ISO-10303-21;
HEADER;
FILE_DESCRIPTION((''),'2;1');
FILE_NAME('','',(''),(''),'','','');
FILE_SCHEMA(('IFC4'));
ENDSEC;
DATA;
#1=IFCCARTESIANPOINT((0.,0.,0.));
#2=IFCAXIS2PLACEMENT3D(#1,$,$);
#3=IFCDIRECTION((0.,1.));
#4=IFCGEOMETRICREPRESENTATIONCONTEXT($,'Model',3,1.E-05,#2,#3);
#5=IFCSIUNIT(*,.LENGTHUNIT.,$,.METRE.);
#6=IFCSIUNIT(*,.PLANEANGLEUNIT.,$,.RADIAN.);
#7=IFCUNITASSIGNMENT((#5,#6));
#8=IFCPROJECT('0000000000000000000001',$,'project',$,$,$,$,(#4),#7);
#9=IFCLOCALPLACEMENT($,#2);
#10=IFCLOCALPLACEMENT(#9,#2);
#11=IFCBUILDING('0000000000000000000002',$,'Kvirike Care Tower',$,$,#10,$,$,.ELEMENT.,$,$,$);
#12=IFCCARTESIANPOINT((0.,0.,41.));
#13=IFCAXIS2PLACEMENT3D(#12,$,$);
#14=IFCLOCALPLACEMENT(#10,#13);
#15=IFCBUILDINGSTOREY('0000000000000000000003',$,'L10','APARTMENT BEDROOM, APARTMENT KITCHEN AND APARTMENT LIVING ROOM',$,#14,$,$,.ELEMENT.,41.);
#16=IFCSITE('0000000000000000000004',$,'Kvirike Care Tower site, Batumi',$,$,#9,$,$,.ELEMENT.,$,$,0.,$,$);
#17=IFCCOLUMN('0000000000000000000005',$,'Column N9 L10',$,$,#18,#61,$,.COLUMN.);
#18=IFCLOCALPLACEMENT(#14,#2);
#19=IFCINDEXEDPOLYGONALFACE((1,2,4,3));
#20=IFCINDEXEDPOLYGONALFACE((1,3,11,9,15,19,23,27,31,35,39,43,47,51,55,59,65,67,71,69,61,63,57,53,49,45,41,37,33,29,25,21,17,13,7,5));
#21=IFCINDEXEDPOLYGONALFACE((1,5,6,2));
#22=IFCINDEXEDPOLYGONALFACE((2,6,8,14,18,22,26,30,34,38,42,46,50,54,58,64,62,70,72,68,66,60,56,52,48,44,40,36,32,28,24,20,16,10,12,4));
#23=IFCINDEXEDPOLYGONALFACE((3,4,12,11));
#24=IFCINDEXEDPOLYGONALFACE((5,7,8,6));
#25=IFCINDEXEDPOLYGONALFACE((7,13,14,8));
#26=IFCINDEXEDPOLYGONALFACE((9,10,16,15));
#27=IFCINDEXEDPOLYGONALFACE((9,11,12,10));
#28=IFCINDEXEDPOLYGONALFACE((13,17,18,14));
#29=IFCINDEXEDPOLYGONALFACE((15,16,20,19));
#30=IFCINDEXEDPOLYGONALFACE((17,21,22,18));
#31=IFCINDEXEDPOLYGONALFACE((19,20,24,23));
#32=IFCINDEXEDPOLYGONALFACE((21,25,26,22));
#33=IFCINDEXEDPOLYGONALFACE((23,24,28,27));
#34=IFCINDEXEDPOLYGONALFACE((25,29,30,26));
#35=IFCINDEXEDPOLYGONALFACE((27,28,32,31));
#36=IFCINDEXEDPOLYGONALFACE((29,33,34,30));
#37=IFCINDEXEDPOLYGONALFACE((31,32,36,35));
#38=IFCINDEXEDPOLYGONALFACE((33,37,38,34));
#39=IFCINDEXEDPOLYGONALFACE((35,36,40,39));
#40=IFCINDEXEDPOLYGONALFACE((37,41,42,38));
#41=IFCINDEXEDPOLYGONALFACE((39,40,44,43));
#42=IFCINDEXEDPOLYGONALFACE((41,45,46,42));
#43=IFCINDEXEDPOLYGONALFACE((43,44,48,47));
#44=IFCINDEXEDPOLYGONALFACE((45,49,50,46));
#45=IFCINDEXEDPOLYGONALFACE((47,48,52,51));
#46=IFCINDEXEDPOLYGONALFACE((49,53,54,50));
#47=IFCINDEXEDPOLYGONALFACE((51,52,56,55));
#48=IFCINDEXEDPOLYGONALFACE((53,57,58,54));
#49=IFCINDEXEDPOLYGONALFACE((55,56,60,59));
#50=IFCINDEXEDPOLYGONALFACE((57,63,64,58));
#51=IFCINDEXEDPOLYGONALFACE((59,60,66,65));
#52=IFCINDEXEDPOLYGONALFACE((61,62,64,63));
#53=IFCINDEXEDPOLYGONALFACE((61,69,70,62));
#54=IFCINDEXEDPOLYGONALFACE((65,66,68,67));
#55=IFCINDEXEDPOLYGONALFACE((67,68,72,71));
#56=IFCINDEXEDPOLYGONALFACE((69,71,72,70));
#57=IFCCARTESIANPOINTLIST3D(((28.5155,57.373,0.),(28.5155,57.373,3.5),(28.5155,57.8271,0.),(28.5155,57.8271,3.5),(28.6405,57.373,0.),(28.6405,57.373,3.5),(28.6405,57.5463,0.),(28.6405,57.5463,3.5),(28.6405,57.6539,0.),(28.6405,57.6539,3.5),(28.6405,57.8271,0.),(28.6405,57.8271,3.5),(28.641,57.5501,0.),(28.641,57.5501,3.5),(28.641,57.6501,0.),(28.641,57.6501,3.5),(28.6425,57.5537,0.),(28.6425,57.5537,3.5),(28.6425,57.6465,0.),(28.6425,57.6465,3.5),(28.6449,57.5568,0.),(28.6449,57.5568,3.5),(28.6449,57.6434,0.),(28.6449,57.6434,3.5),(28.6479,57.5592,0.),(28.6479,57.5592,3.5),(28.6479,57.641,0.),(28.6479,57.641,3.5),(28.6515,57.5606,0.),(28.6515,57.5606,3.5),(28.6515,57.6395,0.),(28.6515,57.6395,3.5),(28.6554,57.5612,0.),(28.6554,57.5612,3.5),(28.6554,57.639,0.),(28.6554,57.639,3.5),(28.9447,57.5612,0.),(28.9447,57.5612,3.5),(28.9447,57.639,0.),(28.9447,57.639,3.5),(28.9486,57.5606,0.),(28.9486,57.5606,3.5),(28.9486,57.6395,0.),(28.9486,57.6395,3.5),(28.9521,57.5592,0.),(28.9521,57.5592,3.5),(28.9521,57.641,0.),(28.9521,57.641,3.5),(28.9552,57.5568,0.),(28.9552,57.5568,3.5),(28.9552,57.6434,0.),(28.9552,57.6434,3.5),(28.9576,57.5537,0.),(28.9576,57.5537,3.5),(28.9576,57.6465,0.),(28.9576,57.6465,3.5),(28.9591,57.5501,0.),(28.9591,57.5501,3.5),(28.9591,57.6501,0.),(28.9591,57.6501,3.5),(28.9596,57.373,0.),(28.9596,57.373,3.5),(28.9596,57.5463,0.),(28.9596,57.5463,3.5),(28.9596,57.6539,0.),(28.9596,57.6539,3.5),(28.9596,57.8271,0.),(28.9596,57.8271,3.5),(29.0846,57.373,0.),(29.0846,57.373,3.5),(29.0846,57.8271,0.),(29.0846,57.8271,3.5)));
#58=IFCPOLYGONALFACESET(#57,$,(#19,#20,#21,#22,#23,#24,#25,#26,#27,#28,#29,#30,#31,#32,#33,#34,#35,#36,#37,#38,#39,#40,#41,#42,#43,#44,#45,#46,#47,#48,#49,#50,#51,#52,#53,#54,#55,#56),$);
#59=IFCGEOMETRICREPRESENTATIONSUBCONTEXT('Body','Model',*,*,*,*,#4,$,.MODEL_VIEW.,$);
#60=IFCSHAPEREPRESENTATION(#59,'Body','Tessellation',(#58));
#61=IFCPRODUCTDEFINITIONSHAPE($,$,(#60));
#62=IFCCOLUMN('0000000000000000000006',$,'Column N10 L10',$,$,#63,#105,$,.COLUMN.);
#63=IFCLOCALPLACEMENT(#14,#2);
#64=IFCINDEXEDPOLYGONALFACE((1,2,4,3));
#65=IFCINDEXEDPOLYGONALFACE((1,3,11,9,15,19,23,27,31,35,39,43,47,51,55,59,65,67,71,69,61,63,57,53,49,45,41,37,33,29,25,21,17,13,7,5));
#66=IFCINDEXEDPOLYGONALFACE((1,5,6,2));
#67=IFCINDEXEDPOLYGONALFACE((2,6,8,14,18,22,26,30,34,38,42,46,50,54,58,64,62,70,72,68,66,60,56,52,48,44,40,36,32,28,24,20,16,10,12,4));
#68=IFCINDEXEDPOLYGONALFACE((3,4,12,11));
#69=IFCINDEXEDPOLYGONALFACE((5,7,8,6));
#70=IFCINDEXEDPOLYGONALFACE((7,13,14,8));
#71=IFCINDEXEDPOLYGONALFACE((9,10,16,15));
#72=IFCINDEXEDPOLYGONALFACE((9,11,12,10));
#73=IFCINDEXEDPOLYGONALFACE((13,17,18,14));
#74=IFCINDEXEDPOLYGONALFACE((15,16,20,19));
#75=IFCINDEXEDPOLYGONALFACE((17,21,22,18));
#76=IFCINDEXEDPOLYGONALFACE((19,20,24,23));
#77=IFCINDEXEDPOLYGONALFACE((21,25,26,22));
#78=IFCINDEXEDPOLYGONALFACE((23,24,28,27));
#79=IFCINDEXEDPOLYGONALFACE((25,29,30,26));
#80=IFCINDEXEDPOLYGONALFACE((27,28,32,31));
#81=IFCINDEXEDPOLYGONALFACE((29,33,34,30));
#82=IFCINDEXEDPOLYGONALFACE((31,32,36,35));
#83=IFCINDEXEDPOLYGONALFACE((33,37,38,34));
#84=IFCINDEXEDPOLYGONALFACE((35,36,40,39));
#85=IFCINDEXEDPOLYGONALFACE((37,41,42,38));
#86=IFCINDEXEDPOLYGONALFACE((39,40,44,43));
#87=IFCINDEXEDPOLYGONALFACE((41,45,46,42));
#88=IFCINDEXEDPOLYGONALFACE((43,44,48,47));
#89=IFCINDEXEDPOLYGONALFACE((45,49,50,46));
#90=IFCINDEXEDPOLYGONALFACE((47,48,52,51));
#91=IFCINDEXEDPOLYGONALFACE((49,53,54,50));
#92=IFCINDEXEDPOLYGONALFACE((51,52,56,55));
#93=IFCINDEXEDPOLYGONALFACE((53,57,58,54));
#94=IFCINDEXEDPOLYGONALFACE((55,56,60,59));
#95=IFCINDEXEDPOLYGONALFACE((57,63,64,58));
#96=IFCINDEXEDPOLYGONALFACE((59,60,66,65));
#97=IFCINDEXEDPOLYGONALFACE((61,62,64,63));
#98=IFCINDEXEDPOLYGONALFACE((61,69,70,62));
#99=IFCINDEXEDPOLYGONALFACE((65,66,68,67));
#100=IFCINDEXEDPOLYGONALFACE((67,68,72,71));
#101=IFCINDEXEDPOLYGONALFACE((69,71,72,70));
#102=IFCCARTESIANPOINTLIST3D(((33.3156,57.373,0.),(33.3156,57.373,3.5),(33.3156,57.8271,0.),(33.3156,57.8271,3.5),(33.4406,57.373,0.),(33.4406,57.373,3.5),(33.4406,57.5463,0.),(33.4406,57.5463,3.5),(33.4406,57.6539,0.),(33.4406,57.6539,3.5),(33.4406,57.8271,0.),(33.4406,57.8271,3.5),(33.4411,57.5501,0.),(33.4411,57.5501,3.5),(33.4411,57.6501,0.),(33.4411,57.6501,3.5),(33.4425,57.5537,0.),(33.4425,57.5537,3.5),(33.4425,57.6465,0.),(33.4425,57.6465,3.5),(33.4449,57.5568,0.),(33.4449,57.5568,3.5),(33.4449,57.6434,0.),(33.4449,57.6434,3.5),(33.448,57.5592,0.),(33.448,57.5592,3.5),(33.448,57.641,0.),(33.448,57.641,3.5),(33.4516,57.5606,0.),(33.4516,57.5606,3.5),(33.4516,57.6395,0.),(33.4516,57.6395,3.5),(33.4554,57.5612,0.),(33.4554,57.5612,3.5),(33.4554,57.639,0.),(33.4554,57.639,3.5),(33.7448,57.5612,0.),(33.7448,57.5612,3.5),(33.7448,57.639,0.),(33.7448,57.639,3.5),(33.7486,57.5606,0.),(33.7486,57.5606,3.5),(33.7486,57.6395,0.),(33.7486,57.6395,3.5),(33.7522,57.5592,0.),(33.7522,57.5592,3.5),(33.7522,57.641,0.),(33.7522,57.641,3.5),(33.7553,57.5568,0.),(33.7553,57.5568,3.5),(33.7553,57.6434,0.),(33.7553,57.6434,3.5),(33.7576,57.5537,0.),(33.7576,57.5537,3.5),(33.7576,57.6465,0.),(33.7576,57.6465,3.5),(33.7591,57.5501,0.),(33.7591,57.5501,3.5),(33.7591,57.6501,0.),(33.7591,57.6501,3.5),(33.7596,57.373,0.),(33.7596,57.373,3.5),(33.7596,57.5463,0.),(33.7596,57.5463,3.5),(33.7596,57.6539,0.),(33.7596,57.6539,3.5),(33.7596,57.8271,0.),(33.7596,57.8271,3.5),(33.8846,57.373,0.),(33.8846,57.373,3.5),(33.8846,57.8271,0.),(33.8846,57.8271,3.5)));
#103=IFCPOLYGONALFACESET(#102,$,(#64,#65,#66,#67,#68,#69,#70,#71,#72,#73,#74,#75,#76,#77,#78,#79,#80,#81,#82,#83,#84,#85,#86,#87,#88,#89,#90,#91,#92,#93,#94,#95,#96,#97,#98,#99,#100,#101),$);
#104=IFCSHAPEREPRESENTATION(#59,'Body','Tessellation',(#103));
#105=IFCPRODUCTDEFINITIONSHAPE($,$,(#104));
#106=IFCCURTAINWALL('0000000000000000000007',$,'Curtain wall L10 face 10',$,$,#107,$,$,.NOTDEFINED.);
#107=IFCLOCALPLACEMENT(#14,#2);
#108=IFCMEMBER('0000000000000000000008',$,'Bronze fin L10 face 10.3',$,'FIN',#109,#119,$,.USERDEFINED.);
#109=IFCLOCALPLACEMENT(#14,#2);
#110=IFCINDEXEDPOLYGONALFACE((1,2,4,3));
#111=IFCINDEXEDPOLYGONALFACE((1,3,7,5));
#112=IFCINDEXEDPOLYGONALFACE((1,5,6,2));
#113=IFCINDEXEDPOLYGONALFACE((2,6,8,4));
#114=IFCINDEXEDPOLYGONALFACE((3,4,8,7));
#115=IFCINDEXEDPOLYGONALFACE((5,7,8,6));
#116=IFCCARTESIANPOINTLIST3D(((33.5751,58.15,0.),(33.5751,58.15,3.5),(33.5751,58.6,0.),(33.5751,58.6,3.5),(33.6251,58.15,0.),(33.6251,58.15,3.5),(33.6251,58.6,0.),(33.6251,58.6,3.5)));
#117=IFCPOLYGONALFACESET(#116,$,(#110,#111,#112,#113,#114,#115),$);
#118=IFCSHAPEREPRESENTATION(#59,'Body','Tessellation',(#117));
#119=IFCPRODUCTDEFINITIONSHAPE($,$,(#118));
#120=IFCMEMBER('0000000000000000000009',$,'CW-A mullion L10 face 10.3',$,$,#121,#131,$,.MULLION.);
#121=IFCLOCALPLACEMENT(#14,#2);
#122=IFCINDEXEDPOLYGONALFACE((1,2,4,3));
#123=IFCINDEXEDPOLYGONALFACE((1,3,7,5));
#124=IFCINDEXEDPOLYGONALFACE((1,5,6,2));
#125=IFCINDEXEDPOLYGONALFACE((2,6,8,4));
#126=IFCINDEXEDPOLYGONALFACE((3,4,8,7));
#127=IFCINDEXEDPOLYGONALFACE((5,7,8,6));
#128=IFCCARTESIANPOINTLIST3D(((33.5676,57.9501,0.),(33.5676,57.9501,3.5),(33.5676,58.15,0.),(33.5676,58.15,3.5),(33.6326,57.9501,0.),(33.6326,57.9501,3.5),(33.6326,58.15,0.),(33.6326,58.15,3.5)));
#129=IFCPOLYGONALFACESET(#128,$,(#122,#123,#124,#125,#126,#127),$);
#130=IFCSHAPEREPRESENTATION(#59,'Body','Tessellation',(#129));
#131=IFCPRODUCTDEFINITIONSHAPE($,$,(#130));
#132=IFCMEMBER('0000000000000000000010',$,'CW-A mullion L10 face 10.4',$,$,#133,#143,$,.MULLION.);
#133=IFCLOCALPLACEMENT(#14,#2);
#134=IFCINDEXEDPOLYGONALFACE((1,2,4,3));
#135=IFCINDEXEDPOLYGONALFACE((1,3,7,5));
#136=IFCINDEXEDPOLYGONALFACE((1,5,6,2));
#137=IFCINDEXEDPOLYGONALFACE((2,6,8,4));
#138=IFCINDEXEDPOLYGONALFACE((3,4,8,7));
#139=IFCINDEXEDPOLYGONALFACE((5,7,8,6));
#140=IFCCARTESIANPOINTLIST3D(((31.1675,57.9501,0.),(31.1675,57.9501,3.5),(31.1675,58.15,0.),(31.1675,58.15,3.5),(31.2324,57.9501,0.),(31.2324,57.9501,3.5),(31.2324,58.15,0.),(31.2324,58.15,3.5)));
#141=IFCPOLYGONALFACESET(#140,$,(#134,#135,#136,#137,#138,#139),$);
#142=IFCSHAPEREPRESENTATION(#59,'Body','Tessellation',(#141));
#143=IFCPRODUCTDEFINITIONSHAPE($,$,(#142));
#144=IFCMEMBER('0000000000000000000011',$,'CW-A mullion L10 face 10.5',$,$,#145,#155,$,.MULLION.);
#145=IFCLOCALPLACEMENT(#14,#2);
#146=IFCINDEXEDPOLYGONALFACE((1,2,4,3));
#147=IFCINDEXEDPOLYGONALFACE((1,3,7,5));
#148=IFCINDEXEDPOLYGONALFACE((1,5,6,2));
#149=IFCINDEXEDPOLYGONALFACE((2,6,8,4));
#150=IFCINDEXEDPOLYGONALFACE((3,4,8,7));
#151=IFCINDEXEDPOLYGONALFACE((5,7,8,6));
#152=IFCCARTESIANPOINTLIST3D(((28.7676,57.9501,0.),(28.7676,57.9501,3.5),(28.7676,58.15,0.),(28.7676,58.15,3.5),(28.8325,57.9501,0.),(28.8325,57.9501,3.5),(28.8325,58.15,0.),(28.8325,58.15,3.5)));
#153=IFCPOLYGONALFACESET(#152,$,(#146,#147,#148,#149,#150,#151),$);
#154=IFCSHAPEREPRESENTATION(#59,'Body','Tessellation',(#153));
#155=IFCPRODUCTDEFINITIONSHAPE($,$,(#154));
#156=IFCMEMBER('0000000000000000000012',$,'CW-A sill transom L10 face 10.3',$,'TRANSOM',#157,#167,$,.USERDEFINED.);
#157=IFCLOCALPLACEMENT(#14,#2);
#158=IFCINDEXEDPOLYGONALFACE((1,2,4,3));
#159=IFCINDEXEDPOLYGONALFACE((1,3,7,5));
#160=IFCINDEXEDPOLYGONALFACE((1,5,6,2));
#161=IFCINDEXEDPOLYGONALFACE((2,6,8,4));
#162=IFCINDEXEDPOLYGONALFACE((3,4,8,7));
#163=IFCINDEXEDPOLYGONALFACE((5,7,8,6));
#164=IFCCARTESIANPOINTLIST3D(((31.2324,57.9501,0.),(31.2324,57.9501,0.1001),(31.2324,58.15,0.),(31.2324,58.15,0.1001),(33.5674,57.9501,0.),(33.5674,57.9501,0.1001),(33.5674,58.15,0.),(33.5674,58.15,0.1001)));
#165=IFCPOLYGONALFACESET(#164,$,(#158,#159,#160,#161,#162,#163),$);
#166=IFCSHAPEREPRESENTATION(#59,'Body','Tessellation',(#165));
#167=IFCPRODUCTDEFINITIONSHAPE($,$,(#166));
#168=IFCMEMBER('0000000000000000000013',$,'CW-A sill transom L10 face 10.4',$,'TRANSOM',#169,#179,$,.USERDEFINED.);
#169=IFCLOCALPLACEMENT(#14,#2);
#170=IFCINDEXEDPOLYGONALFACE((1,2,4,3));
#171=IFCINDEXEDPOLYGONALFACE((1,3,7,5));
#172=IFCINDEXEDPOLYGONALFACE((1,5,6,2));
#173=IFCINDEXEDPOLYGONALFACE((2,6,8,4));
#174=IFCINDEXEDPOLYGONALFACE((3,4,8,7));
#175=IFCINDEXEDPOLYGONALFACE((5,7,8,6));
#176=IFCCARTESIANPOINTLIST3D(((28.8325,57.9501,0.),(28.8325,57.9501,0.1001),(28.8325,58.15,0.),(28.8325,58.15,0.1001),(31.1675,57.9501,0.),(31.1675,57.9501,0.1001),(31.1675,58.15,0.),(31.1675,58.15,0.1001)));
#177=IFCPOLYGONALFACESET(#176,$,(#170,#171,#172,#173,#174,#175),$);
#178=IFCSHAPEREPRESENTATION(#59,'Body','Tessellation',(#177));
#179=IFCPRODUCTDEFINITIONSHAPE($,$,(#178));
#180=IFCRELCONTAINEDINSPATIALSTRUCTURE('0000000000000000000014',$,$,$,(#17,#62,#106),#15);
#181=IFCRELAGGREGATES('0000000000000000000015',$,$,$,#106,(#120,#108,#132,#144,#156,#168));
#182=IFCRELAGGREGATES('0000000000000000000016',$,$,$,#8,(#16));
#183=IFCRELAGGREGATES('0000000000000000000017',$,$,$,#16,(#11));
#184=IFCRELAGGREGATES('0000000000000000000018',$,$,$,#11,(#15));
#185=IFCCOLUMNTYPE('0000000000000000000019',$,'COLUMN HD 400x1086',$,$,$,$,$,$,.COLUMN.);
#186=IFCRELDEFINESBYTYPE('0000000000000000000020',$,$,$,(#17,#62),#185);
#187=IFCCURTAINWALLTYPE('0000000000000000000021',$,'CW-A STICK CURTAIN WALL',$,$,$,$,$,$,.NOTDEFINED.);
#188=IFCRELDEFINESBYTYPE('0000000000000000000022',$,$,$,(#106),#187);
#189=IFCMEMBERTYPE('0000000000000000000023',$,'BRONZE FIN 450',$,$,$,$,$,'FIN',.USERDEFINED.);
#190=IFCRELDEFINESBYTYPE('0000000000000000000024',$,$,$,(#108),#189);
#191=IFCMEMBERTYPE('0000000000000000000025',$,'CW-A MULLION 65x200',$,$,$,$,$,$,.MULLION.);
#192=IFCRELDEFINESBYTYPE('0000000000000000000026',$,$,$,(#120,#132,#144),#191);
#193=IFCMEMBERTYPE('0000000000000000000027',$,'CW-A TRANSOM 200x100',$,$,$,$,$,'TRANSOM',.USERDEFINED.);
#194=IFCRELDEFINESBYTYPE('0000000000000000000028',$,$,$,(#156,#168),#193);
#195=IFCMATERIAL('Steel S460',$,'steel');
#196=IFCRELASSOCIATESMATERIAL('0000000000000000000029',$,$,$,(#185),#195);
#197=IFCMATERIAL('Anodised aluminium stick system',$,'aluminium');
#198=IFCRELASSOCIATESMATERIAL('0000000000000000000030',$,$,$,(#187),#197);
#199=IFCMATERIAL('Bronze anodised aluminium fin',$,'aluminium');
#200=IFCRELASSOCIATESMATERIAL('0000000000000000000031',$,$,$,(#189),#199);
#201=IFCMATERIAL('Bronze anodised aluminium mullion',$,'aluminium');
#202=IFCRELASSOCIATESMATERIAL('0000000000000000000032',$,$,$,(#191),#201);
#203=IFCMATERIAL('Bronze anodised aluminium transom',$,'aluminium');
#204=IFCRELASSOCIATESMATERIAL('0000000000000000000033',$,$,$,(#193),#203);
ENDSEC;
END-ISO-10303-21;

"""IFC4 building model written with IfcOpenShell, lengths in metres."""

from ifc_helpers import new_model, si_unit, direction, frame, origin, origin_2d, place, context, subcontext, project, spatial, rectangle, i_section, extrude, material, material_profile, profile_set, type_object, element, aggregate, save


model = new_model("IFC4")

# Units and contexts
model_context = context("Model", 3, precision=1e-05, world=origin(), true_north=direction((0.0, 1.0)))
body_context = subcontext(model_context, "Body", "Model", "MODEL_VIEW")
ifc_project = project(units=[si_unit("LENGTHUNIT", "METRE"), si_unit("PLANEANGLEUNIT", "RADIAN")], contexts=[model_context])

# Site, building, storey
site_placement = place(None, origin())
site = spatial("IfcSite", under=ifc_project, at=site_placement, Name="Kvirike Care Tower site, Batumi", CompositionType="ELEMENT", RefElevation=0.0)
building_placement = place(site_placement, origin())
building = spatial("IfcBuilding", under=site, at=building_placement, Name="Kvirike Care Tower", CompositionType="ELEMENT")
storey_placement = place(building_placement, frame((0.0, 0.0, 41.0)))
storey = spatial("IfcBuildingStorey", under=building, at=storey_placement, Name="L10", Description="APARTMENT BEDROOM, APARTMENT KITCHEN AND APARTMENT LIVING ROOM", CompositionType="ELEMENT", Elevation=41.0)

# Columns
ifc_material_1 = material(Name="Steel S460", Category="steel")
ifc_material_profile_1 = material_profile(ifc_material_1, i_section(OverallWidth=0.4541, OverallDepth=0.5691, WebThickness=0.0779, FlangeThickness=0.125, FilletRadius=0.0149, at=origin_2d()), Name="HD 400x1086")
ifc_profile_set_1 = profile_set([ifc_material_profile_1], Name="Steel S460")
column_type = type_object("IfcColumnType", Name="COLUMN HD 400x1086", PredefinedType="COLUMN", material=ifc_profile_set_1)
for number, where, z_axis, x_axis, name in (
    (1, (28.8, 57.6001, 0.0), (0.0, 0.0, 1.0), (0.0, 1.0, 0.0), "Column N9 L10"),
    (2, (33.6001, 57.6001, 0.0), (0.0, 0.0, 1.0), (0.0, 1.0, 0.0), "Column N10 L10"),
):
    element("IfcColumn", number, at=place(storey_placement, frame(where, z_axis=z_axis, x_axis=x_axis)), inside=storey, type_object=column_type, Name=name, PredefinedType="COLUMN", context=body_context, shape_type="SweptSolid", body=[
        extrude(i_section(OverallWidth=0.4541, OverallDepth=0.5691, WebThickness=0.0779, FlangeThickness=0.125, FilletRadius=0.0149, at=origin_2d()), origin(), (0.0, 0.0, 1.0), 3.5),
    ])

# Curtain wall, members
ifc_material_2 = material(Name="Anodised aluminium stick system", Category="aluminium")
curtain_wall_type = type_object("IfcCurtainWallType", Name="CW-A STICK CURTAIN WALL", PredefinedType="NOTDEFINED", material=ifc_material_2)
curtain_wall_placement = place(storey_placement, origin())
curtain_wall = element("IfcCurtainWall", 3, at=curtain_wall_placement, inside=storey, type_object=curtain_wall_type, Name="Curtain wall L10 face 10", PredefinedType="NOTDEFINED")
ifc_material_3 = material(Name="Bronze anodised aluminium fin", Category="aluminium")
ifc_material_profile_2 = material_profile(ifc_material_3, rectangle(XDim=0.05, YDim=0.45, at=origin_2d()), Name="BRONZE FIN 450")
ifc_profile_set_2 = profile_set([ifc_material_profile_2], Name="Bronze anodised aluminium fin")
member_type_1 = type_object("IfcMemberType", Name="BRONZE FIN 450", ElementType="FIN", PredefinedType="USERDEFINED", material=ifc_profile_set_2)
member_1_placement = place(storey_placement, frame((33.6001, 58.375, 0.0), z_axis=(0.0, 0.0, 1.0), x_axis=(-1.0, 0.0, 0.0)))
member_1 = element("IfcMember", 4, at=member_1_placement, type_object=member_type_1, Name="Bronze fin L10 face 10.3", ObjectType="FIN", PredefinedType="USERDEFINED", context=body_context, shape_type="SweptSolid", body=[
    extrude(rectangle(XDim=0.05, YDim=0.45, at=origin_2d()), origin(), (0.0, 0.0, 1.0), 3.5),
])
ifc_material_4 = material(Name="Bronze anodised aluminium mullion", Category="aluminium")
ifc_material_profile_3 = material_profile(ifc_material_4, rectangle(XDim=0.0649, YDim=0.2, at=origin_2d()), Name="CW-A MULLION 65x200")
ifc_profile_set_3 = profile_set([ifc_material_profile_3], Name="Bronze anodised aluminium mullion")
member_type_2 = type_object("IfcMemberType", Name="CW-A MULLION 65x200", PredefinedType="MULLION", material=ifc_profile_set_3)
member_2_placement = place(storey_placement, frame((33.6001, 58.05, 0.0), z_axis=(0.0, 0.0, 1.0), x_axis=(-1.0, 0.0, 0.0)))
member_2 = element("IfcMember", 5, at=member_2_placement, type_object=member_type_2, Name="CW-A mullion L10 face 10.3", PredefinedType="MULLION", context=body_context, shape_type="SweptSolid", body=[
    extrude(rectangle(XDim=0.0649, YDim=0.2, at=origin_2d()), origin(), (0.0, 0.0, 1.0), 3.5),
])
member_3_placement = place(storey_placement, frame((31.2, 58.05, 0.0), z_axis=(0.0, 0.0, 1.0), x_axis=(-1.0, 0.0, 0.0)))
member_3 = element("IfcMember", 6, at=member_3_placement, type_object=member_type_2, Name="CW-A mullion L10 face 10.4", PredefinedType="MULLION", context=body_context, shape_type="SweptSolid", body=[
    extrude(rectangle(XDim=0.0649, YDim=0.2, at=origin_2d()), origin(), (0.0, 0.0, 1.0), 3.5),
])
member_4_placement = place(storey_placement, frame((28.8, 58.05, 0.0), z_axis=(0.0, 0.0, 1.0), x_axis=(-1.0, 0.0, 0.0)))
member_4 = element("IfcMember", 7, at=member_4_placement, type_object=member_type_2, Name="CW-A mullion L10 face 10.5", PredefinedType="MULLION", context=body_context, shape_type="SweptSolid", body=[
    extrude(rectangle(XDim=0.0649, YDim=0.2, at=origin_2d()), origin(), (0.0, 0.0, 1.0), 3.5),
])
ifc_material_5 = material(Name="Bronze anodised aluminium transom", Category="aluminium")
ifc_material_profile_4 = material_profile(ifc_material_5, rectangle(XDim=0.2, YDim=0.1001, at=origin_2d()), Name="CW-A TRANSOM 200x100")
ifc_profile_set_4 = profile_set([ifc_material_profile_4], Name="Bronze anodised aluminium transom")
member_type_3 = type_object("IfcMemberType", Name="CW-A TRANSOM 200x100", ElementType="TRANSOM", PredefinedType="USERDEFINED", material=ifc_profile_set_4)
member_5_placement = place(storey_placement, frame((33.5674, 58.05, 0.05), z_axis=(-1.0, 0.0, 0.0), x_axis=(0.0, -1.0, 0.0)))
member_5 = element("IfcMember", 8, at=member_5_placement, type_object=member_type_3, Name="CW-A sill transom L10 face 10.3", ObjectType="TRANSOM", PredefinedType="USERDEFINED", context=body_context, shape_type="SweptSolid", body=[
    extrude(rectangle(XDim=0.2, YDim=0.1001, at=origin_2d()), origin(), (0.0, 0.0, 1.0), 2.335),
])
member_6_placement = place(storey_placement, frame((31.1675, 58.05, 0.05), z_axis=(-1.0, 0.0, 0.0), x_axis=(0.0, -1.0, 0.0)))
member_6 = element("IfcMember", 9, at=member_6_placement, type_object=member_type_3, Name="CW-A sill transom L10 face 10.4", ObjectType="TRANSOM", PredefinedType="USERDEFINED", context=body_context, shape_type="SweptSolid", body=[
    extrude(rectangle(XDim=0.2, YDim=0.1001, at=origin_2d()), origin(), (0.0, 0.0, 1.0), 2.335),
])

aggregate(curtain_wall, [member_2, member_1, member_3, member_4, member_5, member_6])

save(model, "model.ifc")
